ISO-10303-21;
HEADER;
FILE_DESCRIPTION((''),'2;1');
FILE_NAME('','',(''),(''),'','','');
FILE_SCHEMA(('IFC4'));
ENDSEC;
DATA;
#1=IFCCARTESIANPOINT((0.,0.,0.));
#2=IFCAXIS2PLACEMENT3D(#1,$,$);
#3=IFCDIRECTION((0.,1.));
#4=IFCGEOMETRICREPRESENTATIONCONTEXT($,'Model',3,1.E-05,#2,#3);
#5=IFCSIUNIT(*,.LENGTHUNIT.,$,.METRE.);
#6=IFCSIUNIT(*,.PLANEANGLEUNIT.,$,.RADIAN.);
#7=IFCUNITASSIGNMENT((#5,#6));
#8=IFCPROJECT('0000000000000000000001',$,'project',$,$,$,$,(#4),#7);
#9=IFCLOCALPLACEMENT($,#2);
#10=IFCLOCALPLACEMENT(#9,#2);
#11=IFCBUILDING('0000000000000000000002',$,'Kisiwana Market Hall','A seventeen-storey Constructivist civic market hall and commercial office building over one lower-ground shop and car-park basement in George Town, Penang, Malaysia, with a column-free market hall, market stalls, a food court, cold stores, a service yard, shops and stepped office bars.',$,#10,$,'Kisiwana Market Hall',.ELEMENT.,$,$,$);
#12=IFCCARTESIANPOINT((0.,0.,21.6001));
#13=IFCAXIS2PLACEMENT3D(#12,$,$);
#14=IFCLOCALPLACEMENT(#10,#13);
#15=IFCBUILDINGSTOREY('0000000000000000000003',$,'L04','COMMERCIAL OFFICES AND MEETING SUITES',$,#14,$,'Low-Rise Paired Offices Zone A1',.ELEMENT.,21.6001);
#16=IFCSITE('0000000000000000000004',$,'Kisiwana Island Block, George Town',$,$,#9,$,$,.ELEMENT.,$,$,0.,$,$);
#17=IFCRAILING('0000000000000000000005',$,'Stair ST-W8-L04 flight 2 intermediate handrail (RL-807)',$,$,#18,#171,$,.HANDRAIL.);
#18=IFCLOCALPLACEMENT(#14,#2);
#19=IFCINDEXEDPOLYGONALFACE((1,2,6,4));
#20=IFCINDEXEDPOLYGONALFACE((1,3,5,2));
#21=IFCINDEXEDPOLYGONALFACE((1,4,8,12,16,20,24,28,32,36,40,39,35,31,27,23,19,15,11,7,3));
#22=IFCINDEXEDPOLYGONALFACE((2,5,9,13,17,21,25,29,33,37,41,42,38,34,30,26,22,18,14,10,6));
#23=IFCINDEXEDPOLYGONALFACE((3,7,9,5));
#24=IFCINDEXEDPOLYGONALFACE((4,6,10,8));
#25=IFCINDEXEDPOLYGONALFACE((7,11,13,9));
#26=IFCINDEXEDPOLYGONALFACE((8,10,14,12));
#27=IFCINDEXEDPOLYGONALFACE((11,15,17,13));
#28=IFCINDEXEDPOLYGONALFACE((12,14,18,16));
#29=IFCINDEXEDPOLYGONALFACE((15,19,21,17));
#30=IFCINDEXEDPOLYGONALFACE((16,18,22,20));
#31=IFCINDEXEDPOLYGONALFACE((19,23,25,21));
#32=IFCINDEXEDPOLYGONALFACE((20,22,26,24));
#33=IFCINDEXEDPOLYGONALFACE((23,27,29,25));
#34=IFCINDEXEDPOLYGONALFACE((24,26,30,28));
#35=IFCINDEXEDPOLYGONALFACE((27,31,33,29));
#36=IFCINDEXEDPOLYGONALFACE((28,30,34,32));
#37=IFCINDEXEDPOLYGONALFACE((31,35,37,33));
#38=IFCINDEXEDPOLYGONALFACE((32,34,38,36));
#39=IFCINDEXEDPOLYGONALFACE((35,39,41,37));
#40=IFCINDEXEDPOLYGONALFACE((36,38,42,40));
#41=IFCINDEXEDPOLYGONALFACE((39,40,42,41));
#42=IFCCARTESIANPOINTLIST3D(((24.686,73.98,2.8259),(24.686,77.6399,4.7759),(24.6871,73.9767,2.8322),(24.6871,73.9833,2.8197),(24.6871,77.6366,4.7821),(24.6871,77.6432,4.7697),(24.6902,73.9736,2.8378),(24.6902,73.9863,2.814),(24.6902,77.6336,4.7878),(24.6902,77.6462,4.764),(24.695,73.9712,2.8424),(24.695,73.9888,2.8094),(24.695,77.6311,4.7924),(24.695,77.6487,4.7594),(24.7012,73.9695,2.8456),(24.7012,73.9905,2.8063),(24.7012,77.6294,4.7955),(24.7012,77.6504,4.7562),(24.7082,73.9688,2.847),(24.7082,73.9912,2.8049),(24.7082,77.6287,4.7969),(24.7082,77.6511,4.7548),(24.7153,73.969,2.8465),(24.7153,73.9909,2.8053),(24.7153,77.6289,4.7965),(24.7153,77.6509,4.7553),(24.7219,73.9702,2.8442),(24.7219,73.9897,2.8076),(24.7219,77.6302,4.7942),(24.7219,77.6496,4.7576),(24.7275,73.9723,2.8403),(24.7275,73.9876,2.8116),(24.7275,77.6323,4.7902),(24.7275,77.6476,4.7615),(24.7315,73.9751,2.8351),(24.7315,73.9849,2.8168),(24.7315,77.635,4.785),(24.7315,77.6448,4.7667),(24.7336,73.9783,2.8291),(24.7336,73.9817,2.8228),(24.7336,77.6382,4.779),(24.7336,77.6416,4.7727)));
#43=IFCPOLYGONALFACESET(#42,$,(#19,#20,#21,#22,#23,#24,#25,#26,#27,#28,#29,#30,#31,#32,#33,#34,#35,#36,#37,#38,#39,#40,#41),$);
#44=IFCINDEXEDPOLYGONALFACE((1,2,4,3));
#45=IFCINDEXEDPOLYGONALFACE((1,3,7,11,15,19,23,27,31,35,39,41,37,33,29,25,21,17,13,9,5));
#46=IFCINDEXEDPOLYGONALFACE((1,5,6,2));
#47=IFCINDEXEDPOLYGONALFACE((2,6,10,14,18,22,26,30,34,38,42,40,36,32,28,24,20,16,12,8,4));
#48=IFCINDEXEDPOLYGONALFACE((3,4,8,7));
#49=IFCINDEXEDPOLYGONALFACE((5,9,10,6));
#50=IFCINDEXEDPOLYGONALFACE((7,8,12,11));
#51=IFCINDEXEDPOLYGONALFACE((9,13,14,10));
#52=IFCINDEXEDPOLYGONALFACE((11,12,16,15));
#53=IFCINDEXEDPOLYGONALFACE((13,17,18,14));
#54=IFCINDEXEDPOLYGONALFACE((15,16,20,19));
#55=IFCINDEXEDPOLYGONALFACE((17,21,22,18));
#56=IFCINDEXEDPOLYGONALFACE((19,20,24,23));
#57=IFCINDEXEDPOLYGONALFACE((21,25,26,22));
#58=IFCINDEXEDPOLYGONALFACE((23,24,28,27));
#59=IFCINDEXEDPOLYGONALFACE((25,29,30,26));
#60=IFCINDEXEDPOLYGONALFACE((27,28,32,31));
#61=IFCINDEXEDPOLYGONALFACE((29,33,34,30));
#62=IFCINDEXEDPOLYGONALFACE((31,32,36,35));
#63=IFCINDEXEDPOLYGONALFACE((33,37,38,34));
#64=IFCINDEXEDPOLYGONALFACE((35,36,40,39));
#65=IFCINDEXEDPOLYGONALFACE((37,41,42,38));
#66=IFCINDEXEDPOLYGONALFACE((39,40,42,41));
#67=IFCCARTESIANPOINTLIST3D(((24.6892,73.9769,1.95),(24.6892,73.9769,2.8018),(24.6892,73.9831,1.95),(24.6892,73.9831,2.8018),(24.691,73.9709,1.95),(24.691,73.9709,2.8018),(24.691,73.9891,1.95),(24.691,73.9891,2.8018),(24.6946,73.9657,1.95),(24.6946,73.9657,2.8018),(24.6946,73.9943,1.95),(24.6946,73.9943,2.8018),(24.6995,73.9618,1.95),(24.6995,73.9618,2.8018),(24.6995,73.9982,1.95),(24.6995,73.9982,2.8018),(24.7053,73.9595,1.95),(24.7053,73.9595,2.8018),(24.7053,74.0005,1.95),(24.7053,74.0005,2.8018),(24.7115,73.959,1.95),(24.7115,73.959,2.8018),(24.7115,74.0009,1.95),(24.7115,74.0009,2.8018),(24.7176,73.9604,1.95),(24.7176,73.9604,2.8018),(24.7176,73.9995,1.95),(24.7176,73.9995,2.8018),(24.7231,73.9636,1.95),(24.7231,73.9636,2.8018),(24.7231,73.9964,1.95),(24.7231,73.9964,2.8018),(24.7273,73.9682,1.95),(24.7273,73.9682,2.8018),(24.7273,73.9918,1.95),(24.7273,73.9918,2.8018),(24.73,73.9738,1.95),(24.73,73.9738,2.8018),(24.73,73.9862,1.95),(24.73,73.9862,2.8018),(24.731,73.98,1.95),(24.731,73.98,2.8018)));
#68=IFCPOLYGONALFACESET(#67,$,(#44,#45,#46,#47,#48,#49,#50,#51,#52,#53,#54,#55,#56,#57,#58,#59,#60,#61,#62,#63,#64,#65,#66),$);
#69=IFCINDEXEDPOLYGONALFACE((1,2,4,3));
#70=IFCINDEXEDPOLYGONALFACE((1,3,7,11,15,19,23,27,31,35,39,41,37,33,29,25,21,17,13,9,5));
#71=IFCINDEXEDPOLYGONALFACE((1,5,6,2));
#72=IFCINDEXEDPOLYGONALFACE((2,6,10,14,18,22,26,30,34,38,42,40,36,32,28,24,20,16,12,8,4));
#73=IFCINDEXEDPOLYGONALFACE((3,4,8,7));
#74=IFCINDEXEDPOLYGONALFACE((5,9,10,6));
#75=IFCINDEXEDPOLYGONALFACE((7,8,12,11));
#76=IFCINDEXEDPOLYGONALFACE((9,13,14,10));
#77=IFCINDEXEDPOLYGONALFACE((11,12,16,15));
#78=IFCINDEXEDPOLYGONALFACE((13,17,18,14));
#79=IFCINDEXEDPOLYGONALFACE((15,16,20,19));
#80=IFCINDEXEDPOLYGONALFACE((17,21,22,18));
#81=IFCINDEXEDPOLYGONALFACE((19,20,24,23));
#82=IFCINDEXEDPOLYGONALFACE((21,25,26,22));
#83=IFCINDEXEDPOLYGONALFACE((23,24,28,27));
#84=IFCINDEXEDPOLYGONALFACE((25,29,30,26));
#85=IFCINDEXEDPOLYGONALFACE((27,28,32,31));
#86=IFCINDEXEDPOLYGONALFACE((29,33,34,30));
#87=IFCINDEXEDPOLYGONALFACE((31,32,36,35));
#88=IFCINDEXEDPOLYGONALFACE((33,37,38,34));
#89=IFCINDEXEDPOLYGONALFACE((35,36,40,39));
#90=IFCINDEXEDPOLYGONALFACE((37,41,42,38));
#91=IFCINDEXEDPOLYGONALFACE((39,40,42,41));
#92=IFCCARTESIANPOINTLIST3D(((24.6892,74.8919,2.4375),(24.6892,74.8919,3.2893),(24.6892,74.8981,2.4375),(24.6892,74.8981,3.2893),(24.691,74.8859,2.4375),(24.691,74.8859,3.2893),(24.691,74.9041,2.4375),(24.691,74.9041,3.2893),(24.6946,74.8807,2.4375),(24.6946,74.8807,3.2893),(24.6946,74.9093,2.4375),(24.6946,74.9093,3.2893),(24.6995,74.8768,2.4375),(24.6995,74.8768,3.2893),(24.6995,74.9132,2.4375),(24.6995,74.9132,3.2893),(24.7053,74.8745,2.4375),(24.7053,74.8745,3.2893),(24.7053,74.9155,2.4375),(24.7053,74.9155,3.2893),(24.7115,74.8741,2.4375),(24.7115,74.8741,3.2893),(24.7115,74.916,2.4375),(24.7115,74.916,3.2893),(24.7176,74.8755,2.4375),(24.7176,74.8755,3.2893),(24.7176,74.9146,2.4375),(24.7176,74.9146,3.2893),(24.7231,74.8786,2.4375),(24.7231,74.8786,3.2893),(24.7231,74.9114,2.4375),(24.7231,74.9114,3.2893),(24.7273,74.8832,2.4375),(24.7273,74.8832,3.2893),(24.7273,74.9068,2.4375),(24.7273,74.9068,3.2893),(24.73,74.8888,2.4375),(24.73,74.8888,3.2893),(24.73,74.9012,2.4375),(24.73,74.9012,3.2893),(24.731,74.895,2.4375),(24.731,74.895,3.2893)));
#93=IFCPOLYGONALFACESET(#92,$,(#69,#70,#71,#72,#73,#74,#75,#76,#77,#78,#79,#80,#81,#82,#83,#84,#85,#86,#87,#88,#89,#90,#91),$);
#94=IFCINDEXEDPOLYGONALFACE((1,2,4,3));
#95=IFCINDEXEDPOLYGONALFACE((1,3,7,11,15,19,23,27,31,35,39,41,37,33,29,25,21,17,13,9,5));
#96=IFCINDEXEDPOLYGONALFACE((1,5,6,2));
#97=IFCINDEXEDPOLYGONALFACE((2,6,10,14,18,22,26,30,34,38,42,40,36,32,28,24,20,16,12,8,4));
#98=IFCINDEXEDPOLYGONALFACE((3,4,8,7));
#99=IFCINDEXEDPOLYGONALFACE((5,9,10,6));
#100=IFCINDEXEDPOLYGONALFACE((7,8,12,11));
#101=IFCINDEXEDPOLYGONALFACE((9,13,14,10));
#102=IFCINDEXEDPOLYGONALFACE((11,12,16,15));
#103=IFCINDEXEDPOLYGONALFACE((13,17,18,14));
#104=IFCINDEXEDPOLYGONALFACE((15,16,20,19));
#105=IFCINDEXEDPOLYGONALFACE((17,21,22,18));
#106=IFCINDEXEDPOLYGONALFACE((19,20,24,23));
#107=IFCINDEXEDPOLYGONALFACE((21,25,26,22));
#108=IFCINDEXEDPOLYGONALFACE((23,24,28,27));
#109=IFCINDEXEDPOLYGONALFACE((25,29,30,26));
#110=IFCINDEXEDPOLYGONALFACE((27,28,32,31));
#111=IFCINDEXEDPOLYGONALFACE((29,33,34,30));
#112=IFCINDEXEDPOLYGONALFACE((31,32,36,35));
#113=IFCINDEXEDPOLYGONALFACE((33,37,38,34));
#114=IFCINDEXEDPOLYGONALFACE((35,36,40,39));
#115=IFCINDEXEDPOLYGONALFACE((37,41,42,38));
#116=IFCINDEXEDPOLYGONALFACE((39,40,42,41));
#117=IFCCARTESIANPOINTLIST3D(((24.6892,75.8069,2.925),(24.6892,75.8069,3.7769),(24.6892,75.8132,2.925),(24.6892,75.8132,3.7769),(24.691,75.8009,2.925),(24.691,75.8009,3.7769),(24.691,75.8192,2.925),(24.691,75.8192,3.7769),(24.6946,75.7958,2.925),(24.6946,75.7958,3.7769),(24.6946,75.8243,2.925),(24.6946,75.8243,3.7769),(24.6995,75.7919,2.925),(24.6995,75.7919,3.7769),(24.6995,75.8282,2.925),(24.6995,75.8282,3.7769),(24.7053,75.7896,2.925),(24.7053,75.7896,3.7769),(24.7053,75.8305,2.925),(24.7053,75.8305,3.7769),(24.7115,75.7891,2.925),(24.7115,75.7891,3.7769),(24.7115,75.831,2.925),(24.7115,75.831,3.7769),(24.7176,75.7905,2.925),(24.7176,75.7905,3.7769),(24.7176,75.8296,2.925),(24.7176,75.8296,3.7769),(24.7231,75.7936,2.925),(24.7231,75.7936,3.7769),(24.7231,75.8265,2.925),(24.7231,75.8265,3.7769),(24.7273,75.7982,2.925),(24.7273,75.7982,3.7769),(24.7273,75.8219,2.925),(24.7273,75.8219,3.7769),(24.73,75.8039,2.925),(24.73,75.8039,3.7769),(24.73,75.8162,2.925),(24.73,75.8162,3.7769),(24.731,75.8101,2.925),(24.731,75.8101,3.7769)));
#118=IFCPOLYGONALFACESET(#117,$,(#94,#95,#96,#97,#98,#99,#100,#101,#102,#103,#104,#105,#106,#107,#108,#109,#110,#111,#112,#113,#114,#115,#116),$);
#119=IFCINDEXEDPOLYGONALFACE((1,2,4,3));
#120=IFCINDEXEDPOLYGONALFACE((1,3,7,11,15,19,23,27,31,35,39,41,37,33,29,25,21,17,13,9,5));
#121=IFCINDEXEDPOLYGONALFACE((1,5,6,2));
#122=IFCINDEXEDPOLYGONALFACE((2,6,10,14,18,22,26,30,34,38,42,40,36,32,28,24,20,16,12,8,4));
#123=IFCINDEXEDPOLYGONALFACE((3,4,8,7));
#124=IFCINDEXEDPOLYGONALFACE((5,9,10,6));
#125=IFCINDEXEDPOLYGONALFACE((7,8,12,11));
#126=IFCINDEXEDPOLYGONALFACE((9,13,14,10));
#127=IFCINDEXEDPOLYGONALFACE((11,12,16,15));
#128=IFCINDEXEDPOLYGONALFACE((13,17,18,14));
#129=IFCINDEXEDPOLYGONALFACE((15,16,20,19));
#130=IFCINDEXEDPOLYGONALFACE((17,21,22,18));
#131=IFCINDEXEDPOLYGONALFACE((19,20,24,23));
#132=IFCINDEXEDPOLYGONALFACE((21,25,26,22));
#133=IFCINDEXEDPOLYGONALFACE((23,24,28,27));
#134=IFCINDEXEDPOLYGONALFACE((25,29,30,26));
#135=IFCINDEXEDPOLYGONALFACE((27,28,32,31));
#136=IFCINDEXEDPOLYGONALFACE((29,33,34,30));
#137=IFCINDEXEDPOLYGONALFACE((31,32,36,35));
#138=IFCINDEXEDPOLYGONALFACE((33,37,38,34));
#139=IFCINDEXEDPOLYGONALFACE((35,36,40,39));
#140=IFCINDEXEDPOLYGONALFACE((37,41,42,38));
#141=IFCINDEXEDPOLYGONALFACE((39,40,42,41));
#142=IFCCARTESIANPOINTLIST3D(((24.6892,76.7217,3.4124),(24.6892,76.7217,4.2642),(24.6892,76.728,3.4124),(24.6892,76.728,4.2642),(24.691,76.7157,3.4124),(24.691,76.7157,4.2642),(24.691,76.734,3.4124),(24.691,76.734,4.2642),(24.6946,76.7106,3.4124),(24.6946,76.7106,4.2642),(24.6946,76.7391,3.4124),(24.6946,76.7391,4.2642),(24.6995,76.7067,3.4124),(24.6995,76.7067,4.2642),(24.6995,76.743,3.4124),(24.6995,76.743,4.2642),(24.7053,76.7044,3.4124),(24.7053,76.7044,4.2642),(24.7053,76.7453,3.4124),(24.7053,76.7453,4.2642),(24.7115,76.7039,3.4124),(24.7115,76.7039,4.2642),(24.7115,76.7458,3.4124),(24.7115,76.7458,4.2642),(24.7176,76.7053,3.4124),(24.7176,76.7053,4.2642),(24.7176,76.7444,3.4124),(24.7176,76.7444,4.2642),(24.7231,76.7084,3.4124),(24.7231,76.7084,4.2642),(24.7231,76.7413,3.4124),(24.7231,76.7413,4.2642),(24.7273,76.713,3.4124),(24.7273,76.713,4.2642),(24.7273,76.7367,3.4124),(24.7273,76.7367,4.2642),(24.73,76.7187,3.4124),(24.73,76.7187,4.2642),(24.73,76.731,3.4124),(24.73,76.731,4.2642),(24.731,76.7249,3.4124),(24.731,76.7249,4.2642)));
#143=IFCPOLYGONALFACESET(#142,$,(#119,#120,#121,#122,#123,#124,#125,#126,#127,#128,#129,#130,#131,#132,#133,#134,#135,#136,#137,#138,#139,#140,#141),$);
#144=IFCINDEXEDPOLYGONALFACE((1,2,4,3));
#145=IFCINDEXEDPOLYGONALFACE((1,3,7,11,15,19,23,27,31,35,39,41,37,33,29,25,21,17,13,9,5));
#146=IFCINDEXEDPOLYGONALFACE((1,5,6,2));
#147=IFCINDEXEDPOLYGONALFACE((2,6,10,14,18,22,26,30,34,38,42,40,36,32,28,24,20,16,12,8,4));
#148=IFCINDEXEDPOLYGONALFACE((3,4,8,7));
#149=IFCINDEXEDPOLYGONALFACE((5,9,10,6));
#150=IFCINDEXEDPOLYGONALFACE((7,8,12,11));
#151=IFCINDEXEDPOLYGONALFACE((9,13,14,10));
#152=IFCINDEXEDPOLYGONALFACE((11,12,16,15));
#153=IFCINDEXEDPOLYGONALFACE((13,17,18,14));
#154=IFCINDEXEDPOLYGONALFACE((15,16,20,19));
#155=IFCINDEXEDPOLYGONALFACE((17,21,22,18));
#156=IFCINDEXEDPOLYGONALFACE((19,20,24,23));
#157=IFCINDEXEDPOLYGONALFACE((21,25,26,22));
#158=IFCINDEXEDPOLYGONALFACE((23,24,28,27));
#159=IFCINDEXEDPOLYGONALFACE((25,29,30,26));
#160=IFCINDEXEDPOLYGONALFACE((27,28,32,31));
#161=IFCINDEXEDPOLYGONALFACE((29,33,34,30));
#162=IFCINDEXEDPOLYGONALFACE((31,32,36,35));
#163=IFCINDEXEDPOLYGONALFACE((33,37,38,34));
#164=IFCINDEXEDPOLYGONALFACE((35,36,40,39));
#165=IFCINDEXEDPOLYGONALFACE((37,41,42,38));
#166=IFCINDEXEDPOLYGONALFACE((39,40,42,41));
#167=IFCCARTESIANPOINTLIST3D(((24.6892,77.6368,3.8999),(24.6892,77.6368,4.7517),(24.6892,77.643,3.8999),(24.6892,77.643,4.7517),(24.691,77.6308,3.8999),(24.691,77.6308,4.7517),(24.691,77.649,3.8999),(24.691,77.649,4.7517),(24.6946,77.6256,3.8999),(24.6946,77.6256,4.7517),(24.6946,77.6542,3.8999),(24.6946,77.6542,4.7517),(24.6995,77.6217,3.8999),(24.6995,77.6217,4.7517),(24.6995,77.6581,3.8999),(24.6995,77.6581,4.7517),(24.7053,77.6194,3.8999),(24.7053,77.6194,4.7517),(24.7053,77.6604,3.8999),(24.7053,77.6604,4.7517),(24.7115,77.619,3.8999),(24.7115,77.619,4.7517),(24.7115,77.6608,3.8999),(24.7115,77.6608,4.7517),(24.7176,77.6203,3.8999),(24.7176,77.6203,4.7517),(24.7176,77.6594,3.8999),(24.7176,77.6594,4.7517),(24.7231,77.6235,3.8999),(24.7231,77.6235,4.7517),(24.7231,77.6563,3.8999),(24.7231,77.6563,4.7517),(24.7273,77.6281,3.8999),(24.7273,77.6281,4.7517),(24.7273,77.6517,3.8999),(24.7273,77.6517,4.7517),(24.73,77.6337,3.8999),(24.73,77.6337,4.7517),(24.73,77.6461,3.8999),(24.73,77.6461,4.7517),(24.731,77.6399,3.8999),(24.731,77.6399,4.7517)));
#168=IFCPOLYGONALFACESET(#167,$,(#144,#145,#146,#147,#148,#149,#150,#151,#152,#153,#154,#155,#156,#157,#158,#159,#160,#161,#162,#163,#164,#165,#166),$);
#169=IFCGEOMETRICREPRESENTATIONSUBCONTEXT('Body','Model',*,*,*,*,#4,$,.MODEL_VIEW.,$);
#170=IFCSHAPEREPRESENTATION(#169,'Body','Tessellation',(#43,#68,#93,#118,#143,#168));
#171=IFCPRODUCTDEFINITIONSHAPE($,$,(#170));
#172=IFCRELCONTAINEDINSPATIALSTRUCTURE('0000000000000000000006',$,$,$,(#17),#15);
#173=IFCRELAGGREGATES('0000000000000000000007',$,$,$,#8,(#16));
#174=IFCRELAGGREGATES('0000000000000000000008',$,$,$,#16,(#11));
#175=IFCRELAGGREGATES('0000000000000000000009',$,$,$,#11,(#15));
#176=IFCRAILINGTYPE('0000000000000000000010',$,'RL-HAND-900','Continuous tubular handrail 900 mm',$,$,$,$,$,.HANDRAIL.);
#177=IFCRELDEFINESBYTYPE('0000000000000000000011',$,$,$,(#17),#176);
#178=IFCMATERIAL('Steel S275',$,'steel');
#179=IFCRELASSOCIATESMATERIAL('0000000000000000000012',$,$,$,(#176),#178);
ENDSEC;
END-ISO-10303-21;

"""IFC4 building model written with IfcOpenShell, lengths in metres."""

from ifc_helpers import new_model, si_unit, direction, frame, origin, origin_2d, place, context, subcontext, project, spatial, circle, extrude, material, type_object, element, save


model = new_model("IFC4")

# Units and contexts
model_context = context("Model", 3, precision=1e-05, world=origin(), true_north=direction((0.0, 1.0)))
body_context = subcontext(model_context, "Body", "Model", "MODEL_VIEW")
ifc_project = project(units=[si_unit("LENGTHUNIT", "METRE"), si_unit("PLANEANGLEUNIT", "RADIAN")], contexts=[model_context])

# Site, building, storey
site_placement = place(None, origin())
site = spatial("IfcSite", under=ifc_project, at=site_placement, Name="Kisiwana Island Block, George Town", CompositionType="ELEMENT", RefElevation=0.0)
building_placement = place(site_placement, origin())
building = spatial("IfcBuilding", under=site, at=building_placement, Name="Kisiwana Market Hall", Description="A seventeen-storey Constructivist civic market hall and commercial office building over one lower-ground shop and car-park basement in George Town, Penang, Malaysia, with a column-free market hall, market stalls, a food court, cold stores, a service yard, shops and stepped office bars.", LongName="Kisiwana Market Hall", CompositionType="ELEMENT")
storey_placement = place(building_placement, frame((0.0, 0.0, 21.6001)))
storey = spatial("IfcBuildingStorey", under=building, at=storey_placement, Name="L04", Description="COMMERCIAL OFFICES AND MEETING SUITES", LongName="Low-Rise Paired Offices Zone A1", CompositionType="ELEMENT", Elevation=21.6001)

# Railing
ifc_material_1 = material(Name="Steel S275", Category="steel")
railing_type_1 = type_object("IfcRailingType", Name="RL-HAND-900", Description="Continuous tubular handrail 900 mm", PredefinedType="HANDRAIL", material=ifc_material_1)
railing_1_placement = place(storey_placement, frame((24.71, 73.98, 1.95)))
element("IfcRailing", 1, at=railing_1_placement, inside=storey, type_object=railing_type_1, Name="Stair ST-W8-L04 flight 2 intermediate handrail (RL-807)", PredefinedType="HANDRAIL", context=body_context, shape_type="SweptSolid", body=[
    extrude(circle(Radius=0.0239, at=origin_2d()), frame((0.0, 0.0, 0.876), z_axis=(0.0, 0.882553, 0.470212), x_axis=(-1.0, 0.0, 0.0)), (0.0, 0.0, 1.0), 4.147),
    extrude(circle(Radius=0.021, at=origin_2d()), origin(), (0.0, 0.0, 1.0), 0.8518),
    extrude(circle(Radius=0.021, at=origin_2d()), frame((0.0, 0.915, 0.4875)), (0.0, 0.0, 1.0), 0.8518),
    extrude(circle(Radius=0.021, at=origin_2d()), frame((0.0, 1.8301, 0.9751)), (0.0, 0.0, 1.0), 0.8518),
    extrude(circle(Radius=0.021, at=origin_2d()), frame((0.0, 2.7449, 1.4624)), (0.0, 0.0, 1.0), 0.8518),
    extrude(circle(Radius=0.021, at=origin_2d()), frame((0.0, 3.6599, 1.95)), (0.0, 0.0, 1.0), 0.8518),
])

save(model, "model.ifc")
